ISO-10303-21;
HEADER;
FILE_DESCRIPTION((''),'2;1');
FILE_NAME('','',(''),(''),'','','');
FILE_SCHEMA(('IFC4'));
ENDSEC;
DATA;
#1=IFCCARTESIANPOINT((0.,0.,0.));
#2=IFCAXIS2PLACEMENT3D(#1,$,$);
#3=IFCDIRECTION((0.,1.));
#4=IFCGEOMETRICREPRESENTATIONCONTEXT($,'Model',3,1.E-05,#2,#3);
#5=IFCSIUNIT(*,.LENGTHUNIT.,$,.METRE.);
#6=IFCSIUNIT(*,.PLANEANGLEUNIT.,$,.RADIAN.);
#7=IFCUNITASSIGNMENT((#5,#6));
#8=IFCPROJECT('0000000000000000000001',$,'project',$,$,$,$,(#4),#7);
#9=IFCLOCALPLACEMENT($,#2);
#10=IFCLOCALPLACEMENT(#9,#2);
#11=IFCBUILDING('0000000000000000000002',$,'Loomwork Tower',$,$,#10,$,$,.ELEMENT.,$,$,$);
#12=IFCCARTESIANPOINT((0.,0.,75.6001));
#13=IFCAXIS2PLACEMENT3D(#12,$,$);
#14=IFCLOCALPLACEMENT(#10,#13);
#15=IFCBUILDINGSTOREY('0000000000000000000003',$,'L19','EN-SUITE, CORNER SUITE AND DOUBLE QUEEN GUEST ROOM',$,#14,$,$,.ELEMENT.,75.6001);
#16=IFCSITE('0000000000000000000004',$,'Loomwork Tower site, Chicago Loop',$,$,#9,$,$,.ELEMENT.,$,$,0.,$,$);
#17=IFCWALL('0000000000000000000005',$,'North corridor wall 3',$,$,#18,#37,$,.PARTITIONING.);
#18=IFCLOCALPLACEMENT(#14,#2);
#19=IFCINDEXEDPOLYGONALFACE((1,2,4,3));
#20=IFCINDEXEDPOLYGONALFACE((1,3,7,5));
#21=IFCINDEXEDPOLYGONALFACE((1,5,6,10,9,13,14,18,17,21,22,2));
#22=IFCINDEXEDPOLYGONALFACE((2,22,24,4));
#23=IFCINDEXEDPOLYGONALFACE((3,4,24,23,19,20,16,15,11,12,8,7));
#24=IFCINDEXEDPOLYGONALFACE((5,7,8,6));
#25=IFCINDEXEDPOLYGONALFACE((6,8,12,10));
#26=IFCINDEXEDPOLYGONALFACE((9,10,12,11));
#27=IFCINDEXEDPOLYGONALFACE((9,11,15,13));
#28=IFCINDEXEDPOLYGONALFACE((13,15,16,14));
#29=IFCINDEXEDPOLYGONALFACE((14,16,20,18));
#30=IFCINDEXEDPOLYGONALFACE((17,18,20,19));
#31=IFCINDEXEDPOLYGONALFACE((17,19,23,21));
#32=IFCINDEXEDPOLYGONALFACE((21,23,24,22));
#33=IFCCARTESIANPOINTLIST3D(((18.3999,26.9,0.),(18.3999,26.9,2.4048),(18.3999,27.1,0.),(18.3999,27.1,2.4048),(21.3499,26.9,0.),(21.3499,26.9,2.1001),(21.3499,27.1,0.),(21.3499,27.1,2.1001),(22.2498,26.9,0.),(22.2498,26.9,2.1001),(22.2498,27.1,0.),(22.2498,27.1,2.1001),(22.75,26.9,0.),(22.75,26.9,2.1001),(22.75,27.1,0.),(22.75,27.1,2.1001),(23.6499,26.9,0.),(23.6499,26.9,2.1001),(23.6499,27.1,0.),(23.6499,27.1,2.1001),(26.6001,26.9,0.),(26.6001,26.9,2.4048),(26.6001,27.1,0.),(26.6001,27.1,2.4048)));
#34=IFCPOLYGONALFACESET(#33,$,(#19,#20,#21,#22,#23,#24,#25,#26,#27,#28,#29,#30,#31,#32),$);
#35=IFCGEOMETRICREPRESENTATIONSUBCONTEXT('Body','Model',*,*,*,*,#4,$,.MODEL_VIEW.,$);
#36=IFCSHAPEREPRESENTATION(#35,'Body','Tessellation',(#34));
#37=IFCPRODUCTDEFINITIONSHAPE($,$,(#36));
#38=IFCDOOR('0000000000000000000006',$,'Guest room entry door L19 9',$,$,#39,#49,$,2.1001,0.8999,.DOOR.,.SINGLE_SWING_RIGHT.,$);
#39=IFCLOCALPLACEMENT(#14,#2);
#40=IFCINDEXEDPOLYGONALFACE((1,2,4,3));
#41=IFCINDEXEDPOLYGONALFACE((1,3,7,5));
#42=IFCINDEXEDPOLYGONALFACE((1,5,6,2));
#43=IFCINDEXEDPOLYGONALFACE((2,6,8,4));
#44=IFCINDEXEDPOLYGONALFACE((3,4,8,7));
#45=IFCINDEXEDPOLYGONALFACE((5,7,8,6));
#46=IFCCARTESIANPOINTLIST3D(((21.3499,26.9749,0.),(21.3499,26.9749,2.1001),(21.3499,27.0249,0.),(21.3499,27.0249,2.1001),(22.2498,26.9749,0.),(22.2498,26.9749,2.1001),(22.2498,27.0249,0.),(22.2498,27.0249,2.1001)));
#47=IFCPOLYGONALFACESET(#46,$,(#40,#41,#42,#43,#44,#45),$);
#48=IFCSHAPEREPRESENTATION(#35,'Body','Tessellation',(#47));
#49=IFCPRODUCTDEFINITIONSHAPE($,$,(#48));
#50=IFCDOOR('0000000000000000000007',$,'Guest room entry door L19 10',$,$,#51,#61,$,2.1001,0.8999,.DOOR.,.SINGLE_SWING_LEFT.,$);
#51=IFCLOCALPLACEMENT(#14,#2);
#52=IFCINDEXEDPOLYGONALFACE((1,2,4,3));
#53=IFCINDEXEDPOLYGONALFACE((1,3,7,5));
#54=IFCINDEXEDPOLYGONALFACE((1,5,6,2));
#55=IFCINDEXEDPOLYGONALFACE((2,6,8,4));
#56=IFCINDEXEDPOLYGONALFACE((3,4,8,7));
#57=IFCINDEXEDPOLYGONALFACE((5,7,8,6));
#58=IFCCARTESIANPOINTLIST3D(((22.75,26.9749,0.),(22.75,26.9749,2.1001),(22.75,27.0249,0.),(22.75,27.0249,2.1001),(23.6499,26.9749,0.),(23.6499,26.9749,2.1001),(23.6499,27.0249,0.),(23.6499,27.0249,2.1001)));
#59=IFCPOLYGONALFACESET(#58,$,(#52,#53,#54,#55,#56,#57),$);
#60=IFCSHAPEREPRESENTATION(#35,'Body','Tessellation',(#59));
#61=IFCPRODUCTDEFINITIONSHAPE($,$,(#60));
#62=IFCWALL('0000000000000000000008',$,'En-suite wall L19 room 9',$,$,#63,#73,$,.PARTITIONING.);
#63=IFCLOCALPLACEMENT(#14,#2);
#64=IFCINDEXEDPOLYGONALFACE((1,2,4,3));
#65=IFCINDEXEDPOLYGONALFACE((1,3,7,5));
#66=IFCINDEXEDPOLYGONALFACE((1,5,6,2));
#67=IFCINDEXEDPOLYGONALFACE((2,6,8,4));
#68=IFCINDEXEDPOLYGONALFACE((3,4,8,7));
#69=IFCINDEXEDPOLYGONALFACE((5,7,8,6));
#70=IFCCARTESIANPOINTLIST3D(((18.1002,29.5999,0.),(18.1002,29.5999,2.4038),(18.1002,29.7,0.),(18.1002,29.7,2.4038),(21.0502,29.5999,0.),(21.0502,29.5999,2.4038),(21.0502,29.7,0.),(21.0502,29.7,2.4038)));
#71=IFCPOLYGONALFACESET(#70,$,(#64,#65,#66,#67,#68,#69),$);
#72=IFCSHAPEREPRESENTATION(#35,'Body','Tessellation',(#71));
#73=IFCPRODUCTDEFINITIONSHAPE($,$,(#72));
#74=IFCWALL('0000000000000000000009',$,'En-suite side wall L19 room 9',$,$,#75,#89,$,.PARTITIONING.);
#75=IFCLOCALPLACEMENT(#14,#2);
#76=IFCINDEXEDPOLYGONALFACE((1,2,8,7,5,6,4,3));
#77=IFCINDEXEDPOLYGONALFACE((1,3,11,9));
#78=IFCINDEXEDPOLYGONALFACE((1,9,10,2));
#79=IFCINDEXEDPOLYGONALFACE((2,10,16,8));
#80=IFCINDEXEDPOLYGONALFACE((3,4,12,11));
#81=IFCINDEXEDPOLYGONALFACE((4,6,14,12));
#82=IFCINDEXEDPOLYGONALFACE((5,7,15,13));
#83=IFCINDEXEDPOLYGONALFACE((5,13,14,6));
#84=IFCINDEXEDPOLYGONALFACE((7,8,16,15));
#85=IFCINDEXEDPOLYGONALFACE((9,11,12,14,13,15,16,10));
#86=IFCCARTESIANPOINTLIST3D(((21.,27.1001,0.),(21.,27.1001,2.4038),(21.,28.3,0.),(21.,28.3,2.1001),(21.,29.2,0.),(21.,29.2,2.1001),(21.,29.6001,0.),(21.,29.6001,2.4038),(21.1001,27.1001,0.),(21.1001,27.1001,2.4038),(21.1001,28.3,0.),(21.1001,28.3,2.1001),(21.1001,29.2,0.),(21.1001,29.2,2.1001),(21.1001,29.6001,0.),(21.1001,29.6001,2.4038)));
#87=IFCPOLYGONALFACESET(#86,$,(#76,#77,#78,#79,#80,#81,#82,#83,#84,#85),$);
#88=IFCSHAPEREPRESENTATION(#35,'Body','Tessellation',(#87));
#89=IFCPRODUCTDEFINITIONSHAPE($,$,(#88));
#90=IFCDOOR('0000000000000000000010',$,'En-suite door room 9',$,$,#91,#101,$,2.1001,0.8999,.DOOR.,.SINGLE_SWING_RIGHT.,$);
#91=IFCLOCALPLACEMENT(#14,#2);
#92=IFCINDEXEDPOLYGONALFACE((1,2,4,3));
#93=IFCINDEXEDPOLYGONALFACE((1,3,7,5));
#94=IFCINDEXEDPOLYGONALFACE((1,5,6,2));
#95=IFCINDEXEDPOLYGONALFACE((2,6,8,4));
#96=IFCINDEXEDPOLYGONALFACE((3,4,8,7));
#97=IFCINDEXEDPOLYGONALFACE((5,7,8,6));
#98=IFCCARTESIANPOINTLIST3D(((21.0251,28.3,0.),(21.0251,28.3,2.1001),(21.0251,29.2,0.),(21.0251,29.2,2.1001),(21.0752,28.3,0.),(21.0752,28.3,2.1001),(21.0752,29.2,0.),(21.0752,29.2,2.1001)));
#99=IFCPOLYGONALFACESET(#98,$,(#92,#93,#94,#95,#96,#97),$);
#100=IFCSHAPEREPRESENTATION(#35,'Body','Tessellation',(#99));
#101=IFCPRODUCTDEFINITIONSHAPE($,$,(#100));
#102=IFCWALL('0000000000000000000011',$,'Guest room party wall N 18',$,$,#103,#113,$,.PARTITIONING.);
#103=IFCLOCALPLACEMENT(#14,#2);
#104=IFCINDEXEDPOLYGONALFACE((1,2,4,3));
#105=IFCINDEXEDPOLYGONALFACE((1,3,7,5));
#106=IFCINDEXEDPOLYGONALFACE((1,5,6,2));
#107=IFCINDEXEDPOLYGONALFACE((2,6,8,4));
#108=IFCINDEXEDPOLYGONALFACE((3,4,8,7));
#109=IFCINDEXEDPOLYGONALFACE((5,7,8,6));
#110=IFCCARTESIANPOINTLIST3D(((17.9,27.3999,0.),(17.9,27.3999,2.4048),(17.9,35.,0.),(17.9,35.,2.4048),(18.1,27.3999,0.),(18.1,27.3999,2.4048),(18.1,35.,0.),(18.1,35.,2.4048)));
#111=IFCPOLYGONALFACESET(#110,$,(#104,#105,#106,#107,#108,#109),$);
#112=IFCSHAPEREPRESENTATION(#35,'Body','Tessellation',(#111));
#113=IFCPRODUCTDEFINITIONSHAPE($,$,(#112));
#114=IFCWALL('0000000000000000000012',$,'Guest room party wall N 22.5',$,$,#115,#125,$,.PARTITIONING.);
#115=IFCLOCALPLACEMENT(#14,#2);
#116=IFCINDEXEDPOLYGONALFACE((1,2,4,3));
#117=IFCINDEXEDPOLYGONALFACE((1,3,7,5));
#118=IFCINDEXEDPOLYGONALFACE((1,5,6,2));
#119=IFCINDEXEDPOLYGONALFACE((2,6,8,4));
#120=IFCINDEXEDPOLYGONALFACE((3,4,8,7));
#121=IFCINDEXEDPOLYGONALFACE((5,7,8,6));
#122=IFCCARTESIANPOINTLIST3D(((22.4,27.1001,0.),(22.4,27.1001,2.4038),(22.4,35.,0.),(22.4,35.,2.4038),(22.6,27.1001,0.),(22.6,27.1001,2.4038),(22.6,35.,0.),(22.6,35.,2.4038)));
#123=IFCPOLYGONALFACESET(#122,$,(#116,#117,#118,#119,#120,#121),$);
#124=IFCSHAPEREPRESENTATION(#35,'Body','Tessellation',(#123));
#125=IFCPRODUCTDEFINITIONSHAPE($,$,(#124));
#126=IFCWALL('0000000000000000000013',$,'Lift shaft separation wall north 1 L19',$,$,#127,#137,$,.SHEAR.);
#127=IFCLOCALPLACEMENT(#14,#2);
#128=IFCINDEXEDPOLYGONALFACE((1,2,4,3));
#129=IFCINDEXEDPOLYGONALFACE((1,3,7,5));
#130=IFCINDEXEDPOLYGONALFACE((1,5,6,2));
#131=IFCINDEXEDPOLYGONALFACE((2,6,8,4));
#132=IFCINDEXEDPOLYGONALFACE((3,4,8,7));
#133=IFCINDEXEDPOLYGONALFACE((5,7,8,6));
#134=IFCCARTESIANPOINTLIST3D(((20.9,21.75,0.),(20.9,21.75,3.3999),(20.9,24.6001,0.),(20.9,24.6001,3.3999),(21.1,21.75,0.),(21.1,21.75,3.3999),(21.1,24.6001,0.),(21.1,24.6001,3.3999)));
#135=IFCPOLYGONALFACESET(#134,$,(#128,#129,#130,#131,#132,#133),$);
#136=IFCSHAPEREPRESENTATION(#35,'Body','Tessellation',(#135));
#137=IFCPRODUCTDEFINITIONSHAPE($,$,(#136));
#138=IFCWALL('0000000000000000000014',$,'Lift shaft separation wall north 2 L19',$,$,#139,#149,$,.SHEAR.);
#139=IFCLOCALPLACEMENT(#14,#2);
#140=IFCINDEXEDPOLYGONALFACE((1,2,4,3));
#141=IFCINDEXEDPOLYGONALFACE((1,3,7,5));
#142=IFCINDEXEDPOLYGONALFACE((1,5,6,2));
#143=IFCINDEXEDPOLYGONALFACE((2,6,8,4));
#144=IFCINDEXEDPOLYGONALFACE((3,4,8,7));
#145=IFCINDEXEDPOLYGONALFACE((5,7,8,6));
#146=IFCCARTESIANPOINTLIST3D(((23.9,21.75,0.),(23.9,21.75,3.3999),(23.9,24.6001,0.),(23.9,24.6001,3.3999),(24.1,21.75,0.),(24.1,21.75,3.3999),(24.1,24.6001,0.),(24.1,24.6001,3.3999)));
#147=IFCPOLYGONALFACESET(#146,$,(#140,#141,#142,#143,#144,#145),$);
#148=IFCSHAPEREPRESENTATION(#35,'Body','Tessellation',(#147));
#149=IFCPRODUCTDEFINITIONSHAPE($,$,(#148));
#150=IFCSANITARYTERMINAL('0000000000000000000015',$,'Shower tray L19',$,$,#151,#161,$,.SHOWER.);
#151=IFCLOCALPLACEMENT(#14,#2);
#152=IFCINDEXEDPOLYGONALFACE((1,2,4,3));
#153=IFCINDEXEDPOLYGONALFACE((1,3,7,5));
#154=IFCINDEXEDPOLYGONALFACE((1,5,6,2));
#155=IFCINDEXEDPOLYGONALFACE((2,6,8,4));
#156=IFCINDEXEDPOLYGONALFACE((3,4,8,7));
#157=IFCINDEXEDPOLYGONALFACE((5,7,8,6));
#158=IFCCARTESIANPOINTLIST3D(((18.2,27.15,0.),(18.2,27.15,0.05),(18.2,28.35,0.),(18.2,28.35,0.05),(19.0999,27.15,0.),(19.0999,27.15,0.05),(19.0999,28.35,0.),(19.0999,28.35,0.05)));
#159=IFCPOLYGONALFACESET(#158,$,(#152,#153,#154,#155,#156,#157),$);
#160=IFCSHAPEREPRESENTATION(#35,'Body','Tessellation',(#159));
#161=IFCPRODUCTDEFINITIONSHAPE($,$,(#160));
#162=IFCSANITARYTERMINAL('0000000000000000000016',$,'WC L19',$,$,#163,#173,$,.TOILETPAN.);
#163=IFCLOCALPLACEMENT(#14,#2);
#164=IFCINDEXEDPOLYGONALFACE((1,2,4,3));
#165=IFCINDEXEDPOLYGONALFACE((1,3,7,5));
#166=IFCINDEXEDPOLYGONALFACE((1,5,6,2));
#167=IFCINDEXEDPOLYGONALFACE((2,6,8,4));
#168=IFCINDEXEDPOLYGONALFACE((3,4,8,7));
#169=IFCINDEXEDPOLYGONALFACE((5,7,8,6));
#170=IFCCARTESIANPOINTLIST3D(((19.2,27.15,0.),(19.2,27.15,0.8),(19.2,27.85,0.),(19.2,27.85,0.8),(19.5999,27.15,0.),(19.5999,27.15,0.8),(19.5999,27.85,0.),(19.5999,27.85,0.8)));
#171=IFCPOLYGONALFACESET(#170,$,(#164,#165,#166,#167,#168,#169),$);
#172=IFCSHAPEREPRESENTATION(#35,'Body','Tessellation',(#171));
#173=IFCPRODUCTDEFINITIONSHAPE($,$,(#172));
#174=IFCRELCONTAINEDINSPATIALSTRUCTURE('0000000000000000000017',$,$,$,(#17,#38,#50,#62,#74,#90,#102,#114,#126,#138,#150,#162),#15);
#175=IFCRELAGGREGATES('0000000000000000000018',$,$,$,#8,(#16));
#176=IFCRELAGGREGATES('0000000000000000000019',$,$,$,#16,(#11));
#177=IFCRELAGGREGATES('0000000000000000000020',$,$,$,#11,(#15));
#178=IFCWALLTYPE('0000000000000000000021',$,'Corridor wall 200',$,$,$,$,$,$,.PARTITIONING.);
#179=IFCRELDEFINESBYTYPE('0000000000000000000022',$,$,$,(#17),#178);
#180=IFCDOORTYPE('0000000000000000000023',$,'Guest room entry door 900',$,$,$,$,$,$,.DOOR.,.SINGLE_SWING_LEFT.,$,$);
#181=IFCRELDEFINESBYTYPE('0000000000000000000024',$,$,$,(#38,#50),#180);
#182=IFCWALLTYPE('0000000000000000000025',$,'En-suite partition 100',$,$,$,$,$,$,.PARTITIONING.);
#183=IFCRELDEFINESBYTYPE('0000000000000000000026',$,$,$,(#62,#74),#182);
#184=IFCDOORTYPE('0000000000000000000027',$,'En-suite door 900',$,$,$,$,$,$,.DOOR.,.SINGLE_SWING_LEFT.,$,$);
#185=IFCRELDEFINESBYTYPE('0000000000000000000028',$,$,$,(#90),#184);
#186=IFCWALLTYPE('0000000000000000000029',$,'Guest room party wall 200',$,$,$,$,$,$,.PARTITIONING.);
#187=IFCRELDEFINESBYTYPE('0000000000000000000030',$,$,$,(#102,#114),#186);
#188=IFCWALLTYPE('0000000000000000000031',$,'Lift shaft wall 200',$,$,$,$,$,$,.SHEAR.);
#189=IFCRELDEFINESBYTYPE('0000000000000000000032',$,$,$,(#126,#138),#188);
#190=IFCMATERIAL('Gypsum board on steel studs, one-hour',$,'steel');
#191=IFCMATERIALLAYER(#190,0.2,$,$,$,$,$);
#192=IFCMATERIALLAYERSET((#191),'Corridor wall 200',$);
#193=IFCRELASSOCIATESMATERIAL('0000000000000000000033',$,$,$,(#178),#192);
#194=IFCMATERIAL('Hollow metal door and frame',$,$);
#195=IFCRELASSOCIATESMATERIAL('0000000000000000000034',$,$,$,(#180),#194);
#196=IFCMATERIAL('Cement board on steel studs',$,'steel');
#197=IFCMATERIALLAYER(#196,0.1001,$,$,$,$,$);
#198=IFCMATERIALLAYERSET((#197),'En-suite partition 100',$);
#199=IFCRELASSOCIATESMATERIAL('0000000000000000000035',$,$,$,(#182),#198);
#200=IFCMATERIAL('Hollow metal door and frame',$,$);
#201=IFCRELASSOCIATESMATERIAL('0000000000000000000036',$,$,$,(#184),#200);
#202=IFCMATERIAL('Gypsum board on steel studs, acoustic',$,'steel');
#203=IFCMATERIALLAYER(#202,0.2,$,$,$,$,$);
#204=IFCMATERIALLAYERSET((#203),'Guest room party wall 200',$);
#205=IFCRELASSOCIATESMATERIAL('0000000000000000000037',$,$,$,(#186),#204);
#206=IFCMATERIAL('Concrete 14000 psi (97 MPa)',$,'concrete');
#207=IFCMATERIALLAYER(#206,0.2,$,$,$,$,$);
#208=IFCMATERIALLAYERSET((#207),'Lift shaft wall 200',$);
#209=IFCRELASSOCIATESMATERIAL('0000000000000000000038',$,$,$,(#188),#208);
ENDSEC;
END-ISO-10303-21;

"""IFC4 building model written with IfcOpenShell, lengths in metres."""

from ifc_helpers import new_model, si_unit, direction, frame, frame_2d, origin, origin_2d, place, context, subcontext, project, spatial, rectangle, extrude, material, layer, layer_set, type_object, element, fill, save


model = new_model("IFC4")

# Units and contexts
model_context = context("Model", 3, precision=1e-05, world=origin(), true_north=direction((0.0, 1.0)))
body_context = subcontext(model_context, "Body", "Model", "MODEL_VIEW")
ifc_project = project(units=[si_unit("LENGTHUNIT", "METRE"), si_unit("PLANEANGLEUNIT", "RADIAN")], contexts=[model_context])

# Site, building, storey
site_placement = place(None, origin())
site = spatial("IfcSite", under=ifc_project, at=site_placement, Name="Loomwork Tower site, Chicago Loop", CompositionType="ELEMENT", RefElevation=0.0)
building_placement = place(site_placement, origin())
building = spatial("IfcBuilding", under=site, at=building_placement, Name="Loomwork Tower", CompositionType="ELEMENT")
storey_placement = place(building_placement, frame((0.0, 0.0, 75.6001)))
storey = spatial("IfcBuildingStorey", under=building, at=storey_placement, Name="L19", Description="EN-SUITE, CORNER SUITE AND DOUBLE QUEEN GUEST ROOM", CompositionType="ELEMENT", Elevation=75.6001)

# Wall, openings, doors
ifc_material_1 = material(Name="Gypsum board on steel studs, one-hour", Category="steel")
ifc_layer_1 = layer(ifc_material_1, 0.2)
ifc_layer_set_1 = layer_set([ifc_layer_1], Name="Corridor wall 200")
wall_type_1 = type_object("IfcWallType", Name="Corridor wall 200", PredefinedType="PARTITIONING", material=ifc_layer_set_1)
wall_1_placement = place(storey_placement, frame((18.3999, 27.0, 0.0), z_axis=(0.0, 0.0, 1.0), x_axis=(1.0, 0.0, 0.0)))
wall_1 = element("IfcWall", 1, at=wall_1_placement, inside=storey, type_object=wall_type_1, Name="North corridor wall 3", PredefinedType="PARTITIONING", context=body_context, shape_type="SweptSolid", body=[
    extrude(rectangle(XDim=8.2002, YDim=0.2, at=frame_2d((4.1001, 0.0))), origin(), (0.0, 0.0, 1.0), 2.4048),
])
opening_1_placement = place(wall_1_placement, frame((2.95, 0.0, 0.0)))
opening_1 = element("IfcOpeningElement", 2, at=opening_1_placement, cuts=wall_1, PredefinedType="OPENING", context=body_context, shape_type="SweptSolid", body=[
    extrude(rectangle(XDim=0.8999, YDim=2.1001, at=frame_2d((0.45, 1.05))), frame((0.0, 0.1099, 0.0), z_axis=(0.0, -1.0, 0.0), x_axis=(1.0, 0.0, 0.0)), (0.0, 0.0, 1.0), 0.22),
])
opening_2_placement = place(wall_1_placement, frame((4.3501, 0.0, 0.0)))
opening_2 = element("IfcOpeningElement", 3, at=opening_2_placement, cuts=wall_1, PredefinedType="OPENING", context=body_context, shape_type="SweptSolid", body=[
    extrude(rectangle(XDim=0.8999, YDim=2.1001, at=frame_2d((0.45, 1.05))), frame((0.0, 0.1099, 0.0), z_axis=(0.0, -1.0, 0.0), x_axis=(1.0, 0.0, 0.0)), (0.0, 0.0, 1.0), 0.22),
])
ifc_material_2 = material(Name="Hollow metal door and frame")
door_type_1 = type_object("IfcDoorType", Name="Guest room entry door 900", OperationType="SINGLE_SWING_LEFT", PredefinedType="DOOR", material=ifc_material_2)
door_1_placement = place(opening_1_placement, origin())
door_1 = element("IfcDoor", 4, at=door_1_placement, inside=storey, type_object=door_type_1, Name="Guest room entry door L19 9", OperationType="SINGLE_SWING_RIGHT", OverallHeight=2.1001, OverallWidth=0.8999, PredefinedType="DOOR", context=body_context, shape_type="SweptSolid", body=[
    extrude(rectangle(XDim=0.8999, YDim=2.1001, at=frame_2d((0.45, 1.05))), frame((0.0, 0.0249, 0.0), z_axis=(0.0, -1.0, 0.0), x_axis=(1.0, 0.0, 0.0)), (0.0, 0.0, 1.0), 0.05),
])
fill(opening_1, door_1)
door_2_placement = place(opening_2_placement, origin())
door_2 = element("IfcDoor", 5, at=door_2_placement, inside=storey, type_object=door_type_1, Name="Guest room entry door L19 10", OperationType="SINGLE_SWING_LEFT", OverallHeight=2.1001, OverallWidth=0.8999, PredefinedType="DOOR", context=body_context, shape_type="SweptSolid", body=[
    extrude(rectangle(XDim=0.8999, YDim=2.1001, at=frame_2d((0.45, 1.05))), frame((0.0, 0.0249, 0.0), z_axis=(0.0, -1.0, 0.0), x_axis=(1.0, 0.0, 0.0)), (0.0, 0.0, 1.0), 0.05),
])
fill(opening_2, door_2)

# Wall
ifc_material_3 = material(Name="Cement board on steel studs", Category="steel")
ifc_layer_2 = layer(ifc_material_3, 0.1001)
ifc_layer_set_2 = layer_set([ifc_layer_2], Name="En-suite partition 100")
wall_type_2 = type_object("IfcWallType", Name="En-suite partition 100", PredefinedType="PARTITIONING", material=ifc_layer_set_2)
wall_2_placement = place(storey_placement, frame((18.1001, 29.6499, 0.0), z_axis=(0.0, 0.0, 1.0), x_axis=(1.0, 0.0, 0.0)))
element("IfcWall", 6, at=wall_2_placement, inside=storey, type_object=wall_type_2, Name="En-suite wall L19 room 9", PredefinedType="PARTITIONING", context=body_context, shape_type="SweptSolid", body=[
    extrude(rectangle(XDim=2.95, YDim=0.1001, at=frame_2d((1.4751, 0.0))), origin(), (0.0, 0.0, 1.0), 2.4038),
])

# Wall, opening, door
wall_3_placement = place(storey_placement, frame((21.05, 27.1001, 0.0), z_axis=(0.0, 0.0, 1.0), x_axis=(0.0, 1.0, 0.0)))
wall_3 = element("IfcWall", 7, at=wall_3_placement, inside=storey, type_object=wall_type_2, Name="En-suite side wall L19 room 9", PredefinedType="PARTITIONING", context=body_context, shape_type="SweptSolid", body=[
    extrude(rectangle(XDim=2.5, YDim=0.1001, at=frame_2d((1.25, 0.0))), origin(), (0.0, 0.0, 1.0), 2.4038),
])
opening_3_placement = place(wall_3_placement, frame((1.2, 0.0, 0.0)))
opening_3 = element("IfcOpeningElement", 8, at=opening_3_placement, cuts=wall_3, PredefinedType="OPENING", context=body_context, shape_type="SweptSolid", body=[
    extrude(rectangle(XDim=0.8999, YDim=2.1001, at=frame_2d((0.45, 1.05))), frame((0.0, 0.0601, 0.0), z_axis=(0.0, -1.0, 0.0), x_axis=(1.0, 0.0, 0.0)), (0.0, 0.0, 1.0), 0.1201),
])
ifc_material_4 = material(Name="Hollow metal door and frame")
door_type_2 = type_object("IfcDoorType", Name="En-suite door 900", OperationType="SINGLE_SWING_LEFT", PredefinedType="DOOR", material=ifc_material_4)
door_3_placement = place(opening_3_placement, origin())
door_3 = element("IfcDoor", 9, at=door_3_placement, inside=storey, type_object=door_type_2, Name="En-suite door room 9", OperationType="SINGLE_SWING_RIGHT", OverallHeight=2.1001, OverallWidth=0.8999, PredefinedType="DOOR", context=body_context, shape_type="SweptSolid", body=[
    extrude(rectangle(XDim=0.8999, YDim=2.1001, at=frame_2d((0.45, 1.05))), frame((0.0, 0.0249, 0.0), z_axis=(0.0, -1.0, 0.0), x_axis=(1.0, 0.0, 0.0)), (0.0, 0.0, 1.0), 0.05),
])
fill(opening_3, door_3)

# Walls
ifc_material_5 = material(Name="Gypsum board on steel studs, acoustic", Category="steel")
ifc_layer_3 = layer(ifc_material_5, 0.2)
ifc_layer_set_3 = layer_set([ifc_layer_3], Name="Guest room party wall 200")
wall_type_3 = type_object("IfcWallType", Name="Guest room party wall 200", PredefinedType="PARTITIONING", material=ifc_layer_set_3)
wall_4_placement = place(storey_placement, frame((18.0, 27.3999, 0.0), z_axis=(0.0, 0.0, 1.0), x_axis=(0.0, 1.0, 0.0)))
element("IfcWall", 10, at=wall_4_placement, inside=storey, type_object=wall_type_3, Name="Guest room party wall N 18", PredefinedType="PARTITIONING", context=body_context, shape_type="SweptSolid", body=[
    extrude(rectangle(XDim=7.6001, YDim=0.2, at=frame_2d((3.8, 0.0))), origin(), (0.0, 0.0, 1.0), 2.4048),
])
wall_5_placement = place(storey_placement, frame((22.5, 27.1001, 0.0), z_axis=(0.0, 0.0, 1.0), x_axis=(0.0, 1.0, 0.0)))
element("IfcWall", 11, at=wall_5_placement, inside=storey, type_object=wall_type_3, Name="Guest room party wall N 22.5", PredefinedType="PARTITIONING", context=body_context, shape_type="SweptSolid", body=[
    extrude(rectangle(XDim=7.8999, YDim=0.2, at=frame_2d((3.95, 0.0))), origin(), (0.0, 0.0, 1.0), 2.4038),
])
ifc_material_6 = material(Name="Concrete 14000 psi (97 MPa)", Category="concrete")
ifc_layer_4 = layer(ifc_material_6, 0.2)
ifc_layer_set_4 = layer_set([ifc_layer_4], Name="Lift shaft wall 200")
wall_type_4 = type_object("IfcWallType", Name="Lift shaft wall 200", PredefinedType="SHEAR", material=ifc_layer_set_4)
for number, where, z_axis, x_axis, name in (
    (12, (21.0, 21.75, 0.0), (0.0, 0.0, 1.0), (0.0, 1.0, 0.0), "Lift shaft separation wall north 1 L19"),
    (13, (24.0, 21.75, 0.0), (0.0, 0.0, 1.0), (0.0, 1.0, 0.0), "Lift shaft separation wall north 2 L19"),
):
    element("IfcWall", number, at=place(storey_placement, frame(where, z_axis=z_axis, x_axis=x_axis)), inside=storey, type_object=wall_type_4, Name=name, PredefinedType="SHEAR", context=body_context, shape_type="SweptSolid", body=[
        extrude(rectangle(XDim=2.8501, YDim=0.2, at=frame_2d((1.425, 0.0))), origin(), (0.0, 0.0, 1.0), 3.3999),
    ])

# Sanitary terminals
sanitary_terminal_1_placement = place(storey_placement, frame((18.6499, 27.75, 0.0), z_axis=(0.0, 0.0, 1.0), x_axis=(1.0, 0.0, 0.0)))
element("IfcSanitaryTerminal", 14, at=sanitary_terminal_1_placement, inside=storey, Name="Shower tray L19", PredefinedType="SHOWER", context=body_context, shape_type="SweptSolid", body=[
    extrude(rectangle(XDim=0.8999, YDim=1.2, at=origin_2d()), origin(), (0.0, 0.0, 1.0), 0.05),
])
sanitary_terminal_2_placement = place(storey_placement, frame((19.3999, 27.5, 0.0), z_axis=(0.0, 0.0, 1.0), x_axis=(1.0, 0.0, 0.0)))
element("IfcSanitaryTerminal", 15, at=sanitary_terminal_2_placement, inside=storey, Name="WC L19", PredefinedType="TOILETPAN", context=body_context, shape_type="SweptSolid", body=[
    extrude(rectangle(XDim=0.3999, YDim=0.7, at=origin_2d()), origin(), (0.0, 0.0, 1.0), 0.8),
])

save(model, "model.ifc")
